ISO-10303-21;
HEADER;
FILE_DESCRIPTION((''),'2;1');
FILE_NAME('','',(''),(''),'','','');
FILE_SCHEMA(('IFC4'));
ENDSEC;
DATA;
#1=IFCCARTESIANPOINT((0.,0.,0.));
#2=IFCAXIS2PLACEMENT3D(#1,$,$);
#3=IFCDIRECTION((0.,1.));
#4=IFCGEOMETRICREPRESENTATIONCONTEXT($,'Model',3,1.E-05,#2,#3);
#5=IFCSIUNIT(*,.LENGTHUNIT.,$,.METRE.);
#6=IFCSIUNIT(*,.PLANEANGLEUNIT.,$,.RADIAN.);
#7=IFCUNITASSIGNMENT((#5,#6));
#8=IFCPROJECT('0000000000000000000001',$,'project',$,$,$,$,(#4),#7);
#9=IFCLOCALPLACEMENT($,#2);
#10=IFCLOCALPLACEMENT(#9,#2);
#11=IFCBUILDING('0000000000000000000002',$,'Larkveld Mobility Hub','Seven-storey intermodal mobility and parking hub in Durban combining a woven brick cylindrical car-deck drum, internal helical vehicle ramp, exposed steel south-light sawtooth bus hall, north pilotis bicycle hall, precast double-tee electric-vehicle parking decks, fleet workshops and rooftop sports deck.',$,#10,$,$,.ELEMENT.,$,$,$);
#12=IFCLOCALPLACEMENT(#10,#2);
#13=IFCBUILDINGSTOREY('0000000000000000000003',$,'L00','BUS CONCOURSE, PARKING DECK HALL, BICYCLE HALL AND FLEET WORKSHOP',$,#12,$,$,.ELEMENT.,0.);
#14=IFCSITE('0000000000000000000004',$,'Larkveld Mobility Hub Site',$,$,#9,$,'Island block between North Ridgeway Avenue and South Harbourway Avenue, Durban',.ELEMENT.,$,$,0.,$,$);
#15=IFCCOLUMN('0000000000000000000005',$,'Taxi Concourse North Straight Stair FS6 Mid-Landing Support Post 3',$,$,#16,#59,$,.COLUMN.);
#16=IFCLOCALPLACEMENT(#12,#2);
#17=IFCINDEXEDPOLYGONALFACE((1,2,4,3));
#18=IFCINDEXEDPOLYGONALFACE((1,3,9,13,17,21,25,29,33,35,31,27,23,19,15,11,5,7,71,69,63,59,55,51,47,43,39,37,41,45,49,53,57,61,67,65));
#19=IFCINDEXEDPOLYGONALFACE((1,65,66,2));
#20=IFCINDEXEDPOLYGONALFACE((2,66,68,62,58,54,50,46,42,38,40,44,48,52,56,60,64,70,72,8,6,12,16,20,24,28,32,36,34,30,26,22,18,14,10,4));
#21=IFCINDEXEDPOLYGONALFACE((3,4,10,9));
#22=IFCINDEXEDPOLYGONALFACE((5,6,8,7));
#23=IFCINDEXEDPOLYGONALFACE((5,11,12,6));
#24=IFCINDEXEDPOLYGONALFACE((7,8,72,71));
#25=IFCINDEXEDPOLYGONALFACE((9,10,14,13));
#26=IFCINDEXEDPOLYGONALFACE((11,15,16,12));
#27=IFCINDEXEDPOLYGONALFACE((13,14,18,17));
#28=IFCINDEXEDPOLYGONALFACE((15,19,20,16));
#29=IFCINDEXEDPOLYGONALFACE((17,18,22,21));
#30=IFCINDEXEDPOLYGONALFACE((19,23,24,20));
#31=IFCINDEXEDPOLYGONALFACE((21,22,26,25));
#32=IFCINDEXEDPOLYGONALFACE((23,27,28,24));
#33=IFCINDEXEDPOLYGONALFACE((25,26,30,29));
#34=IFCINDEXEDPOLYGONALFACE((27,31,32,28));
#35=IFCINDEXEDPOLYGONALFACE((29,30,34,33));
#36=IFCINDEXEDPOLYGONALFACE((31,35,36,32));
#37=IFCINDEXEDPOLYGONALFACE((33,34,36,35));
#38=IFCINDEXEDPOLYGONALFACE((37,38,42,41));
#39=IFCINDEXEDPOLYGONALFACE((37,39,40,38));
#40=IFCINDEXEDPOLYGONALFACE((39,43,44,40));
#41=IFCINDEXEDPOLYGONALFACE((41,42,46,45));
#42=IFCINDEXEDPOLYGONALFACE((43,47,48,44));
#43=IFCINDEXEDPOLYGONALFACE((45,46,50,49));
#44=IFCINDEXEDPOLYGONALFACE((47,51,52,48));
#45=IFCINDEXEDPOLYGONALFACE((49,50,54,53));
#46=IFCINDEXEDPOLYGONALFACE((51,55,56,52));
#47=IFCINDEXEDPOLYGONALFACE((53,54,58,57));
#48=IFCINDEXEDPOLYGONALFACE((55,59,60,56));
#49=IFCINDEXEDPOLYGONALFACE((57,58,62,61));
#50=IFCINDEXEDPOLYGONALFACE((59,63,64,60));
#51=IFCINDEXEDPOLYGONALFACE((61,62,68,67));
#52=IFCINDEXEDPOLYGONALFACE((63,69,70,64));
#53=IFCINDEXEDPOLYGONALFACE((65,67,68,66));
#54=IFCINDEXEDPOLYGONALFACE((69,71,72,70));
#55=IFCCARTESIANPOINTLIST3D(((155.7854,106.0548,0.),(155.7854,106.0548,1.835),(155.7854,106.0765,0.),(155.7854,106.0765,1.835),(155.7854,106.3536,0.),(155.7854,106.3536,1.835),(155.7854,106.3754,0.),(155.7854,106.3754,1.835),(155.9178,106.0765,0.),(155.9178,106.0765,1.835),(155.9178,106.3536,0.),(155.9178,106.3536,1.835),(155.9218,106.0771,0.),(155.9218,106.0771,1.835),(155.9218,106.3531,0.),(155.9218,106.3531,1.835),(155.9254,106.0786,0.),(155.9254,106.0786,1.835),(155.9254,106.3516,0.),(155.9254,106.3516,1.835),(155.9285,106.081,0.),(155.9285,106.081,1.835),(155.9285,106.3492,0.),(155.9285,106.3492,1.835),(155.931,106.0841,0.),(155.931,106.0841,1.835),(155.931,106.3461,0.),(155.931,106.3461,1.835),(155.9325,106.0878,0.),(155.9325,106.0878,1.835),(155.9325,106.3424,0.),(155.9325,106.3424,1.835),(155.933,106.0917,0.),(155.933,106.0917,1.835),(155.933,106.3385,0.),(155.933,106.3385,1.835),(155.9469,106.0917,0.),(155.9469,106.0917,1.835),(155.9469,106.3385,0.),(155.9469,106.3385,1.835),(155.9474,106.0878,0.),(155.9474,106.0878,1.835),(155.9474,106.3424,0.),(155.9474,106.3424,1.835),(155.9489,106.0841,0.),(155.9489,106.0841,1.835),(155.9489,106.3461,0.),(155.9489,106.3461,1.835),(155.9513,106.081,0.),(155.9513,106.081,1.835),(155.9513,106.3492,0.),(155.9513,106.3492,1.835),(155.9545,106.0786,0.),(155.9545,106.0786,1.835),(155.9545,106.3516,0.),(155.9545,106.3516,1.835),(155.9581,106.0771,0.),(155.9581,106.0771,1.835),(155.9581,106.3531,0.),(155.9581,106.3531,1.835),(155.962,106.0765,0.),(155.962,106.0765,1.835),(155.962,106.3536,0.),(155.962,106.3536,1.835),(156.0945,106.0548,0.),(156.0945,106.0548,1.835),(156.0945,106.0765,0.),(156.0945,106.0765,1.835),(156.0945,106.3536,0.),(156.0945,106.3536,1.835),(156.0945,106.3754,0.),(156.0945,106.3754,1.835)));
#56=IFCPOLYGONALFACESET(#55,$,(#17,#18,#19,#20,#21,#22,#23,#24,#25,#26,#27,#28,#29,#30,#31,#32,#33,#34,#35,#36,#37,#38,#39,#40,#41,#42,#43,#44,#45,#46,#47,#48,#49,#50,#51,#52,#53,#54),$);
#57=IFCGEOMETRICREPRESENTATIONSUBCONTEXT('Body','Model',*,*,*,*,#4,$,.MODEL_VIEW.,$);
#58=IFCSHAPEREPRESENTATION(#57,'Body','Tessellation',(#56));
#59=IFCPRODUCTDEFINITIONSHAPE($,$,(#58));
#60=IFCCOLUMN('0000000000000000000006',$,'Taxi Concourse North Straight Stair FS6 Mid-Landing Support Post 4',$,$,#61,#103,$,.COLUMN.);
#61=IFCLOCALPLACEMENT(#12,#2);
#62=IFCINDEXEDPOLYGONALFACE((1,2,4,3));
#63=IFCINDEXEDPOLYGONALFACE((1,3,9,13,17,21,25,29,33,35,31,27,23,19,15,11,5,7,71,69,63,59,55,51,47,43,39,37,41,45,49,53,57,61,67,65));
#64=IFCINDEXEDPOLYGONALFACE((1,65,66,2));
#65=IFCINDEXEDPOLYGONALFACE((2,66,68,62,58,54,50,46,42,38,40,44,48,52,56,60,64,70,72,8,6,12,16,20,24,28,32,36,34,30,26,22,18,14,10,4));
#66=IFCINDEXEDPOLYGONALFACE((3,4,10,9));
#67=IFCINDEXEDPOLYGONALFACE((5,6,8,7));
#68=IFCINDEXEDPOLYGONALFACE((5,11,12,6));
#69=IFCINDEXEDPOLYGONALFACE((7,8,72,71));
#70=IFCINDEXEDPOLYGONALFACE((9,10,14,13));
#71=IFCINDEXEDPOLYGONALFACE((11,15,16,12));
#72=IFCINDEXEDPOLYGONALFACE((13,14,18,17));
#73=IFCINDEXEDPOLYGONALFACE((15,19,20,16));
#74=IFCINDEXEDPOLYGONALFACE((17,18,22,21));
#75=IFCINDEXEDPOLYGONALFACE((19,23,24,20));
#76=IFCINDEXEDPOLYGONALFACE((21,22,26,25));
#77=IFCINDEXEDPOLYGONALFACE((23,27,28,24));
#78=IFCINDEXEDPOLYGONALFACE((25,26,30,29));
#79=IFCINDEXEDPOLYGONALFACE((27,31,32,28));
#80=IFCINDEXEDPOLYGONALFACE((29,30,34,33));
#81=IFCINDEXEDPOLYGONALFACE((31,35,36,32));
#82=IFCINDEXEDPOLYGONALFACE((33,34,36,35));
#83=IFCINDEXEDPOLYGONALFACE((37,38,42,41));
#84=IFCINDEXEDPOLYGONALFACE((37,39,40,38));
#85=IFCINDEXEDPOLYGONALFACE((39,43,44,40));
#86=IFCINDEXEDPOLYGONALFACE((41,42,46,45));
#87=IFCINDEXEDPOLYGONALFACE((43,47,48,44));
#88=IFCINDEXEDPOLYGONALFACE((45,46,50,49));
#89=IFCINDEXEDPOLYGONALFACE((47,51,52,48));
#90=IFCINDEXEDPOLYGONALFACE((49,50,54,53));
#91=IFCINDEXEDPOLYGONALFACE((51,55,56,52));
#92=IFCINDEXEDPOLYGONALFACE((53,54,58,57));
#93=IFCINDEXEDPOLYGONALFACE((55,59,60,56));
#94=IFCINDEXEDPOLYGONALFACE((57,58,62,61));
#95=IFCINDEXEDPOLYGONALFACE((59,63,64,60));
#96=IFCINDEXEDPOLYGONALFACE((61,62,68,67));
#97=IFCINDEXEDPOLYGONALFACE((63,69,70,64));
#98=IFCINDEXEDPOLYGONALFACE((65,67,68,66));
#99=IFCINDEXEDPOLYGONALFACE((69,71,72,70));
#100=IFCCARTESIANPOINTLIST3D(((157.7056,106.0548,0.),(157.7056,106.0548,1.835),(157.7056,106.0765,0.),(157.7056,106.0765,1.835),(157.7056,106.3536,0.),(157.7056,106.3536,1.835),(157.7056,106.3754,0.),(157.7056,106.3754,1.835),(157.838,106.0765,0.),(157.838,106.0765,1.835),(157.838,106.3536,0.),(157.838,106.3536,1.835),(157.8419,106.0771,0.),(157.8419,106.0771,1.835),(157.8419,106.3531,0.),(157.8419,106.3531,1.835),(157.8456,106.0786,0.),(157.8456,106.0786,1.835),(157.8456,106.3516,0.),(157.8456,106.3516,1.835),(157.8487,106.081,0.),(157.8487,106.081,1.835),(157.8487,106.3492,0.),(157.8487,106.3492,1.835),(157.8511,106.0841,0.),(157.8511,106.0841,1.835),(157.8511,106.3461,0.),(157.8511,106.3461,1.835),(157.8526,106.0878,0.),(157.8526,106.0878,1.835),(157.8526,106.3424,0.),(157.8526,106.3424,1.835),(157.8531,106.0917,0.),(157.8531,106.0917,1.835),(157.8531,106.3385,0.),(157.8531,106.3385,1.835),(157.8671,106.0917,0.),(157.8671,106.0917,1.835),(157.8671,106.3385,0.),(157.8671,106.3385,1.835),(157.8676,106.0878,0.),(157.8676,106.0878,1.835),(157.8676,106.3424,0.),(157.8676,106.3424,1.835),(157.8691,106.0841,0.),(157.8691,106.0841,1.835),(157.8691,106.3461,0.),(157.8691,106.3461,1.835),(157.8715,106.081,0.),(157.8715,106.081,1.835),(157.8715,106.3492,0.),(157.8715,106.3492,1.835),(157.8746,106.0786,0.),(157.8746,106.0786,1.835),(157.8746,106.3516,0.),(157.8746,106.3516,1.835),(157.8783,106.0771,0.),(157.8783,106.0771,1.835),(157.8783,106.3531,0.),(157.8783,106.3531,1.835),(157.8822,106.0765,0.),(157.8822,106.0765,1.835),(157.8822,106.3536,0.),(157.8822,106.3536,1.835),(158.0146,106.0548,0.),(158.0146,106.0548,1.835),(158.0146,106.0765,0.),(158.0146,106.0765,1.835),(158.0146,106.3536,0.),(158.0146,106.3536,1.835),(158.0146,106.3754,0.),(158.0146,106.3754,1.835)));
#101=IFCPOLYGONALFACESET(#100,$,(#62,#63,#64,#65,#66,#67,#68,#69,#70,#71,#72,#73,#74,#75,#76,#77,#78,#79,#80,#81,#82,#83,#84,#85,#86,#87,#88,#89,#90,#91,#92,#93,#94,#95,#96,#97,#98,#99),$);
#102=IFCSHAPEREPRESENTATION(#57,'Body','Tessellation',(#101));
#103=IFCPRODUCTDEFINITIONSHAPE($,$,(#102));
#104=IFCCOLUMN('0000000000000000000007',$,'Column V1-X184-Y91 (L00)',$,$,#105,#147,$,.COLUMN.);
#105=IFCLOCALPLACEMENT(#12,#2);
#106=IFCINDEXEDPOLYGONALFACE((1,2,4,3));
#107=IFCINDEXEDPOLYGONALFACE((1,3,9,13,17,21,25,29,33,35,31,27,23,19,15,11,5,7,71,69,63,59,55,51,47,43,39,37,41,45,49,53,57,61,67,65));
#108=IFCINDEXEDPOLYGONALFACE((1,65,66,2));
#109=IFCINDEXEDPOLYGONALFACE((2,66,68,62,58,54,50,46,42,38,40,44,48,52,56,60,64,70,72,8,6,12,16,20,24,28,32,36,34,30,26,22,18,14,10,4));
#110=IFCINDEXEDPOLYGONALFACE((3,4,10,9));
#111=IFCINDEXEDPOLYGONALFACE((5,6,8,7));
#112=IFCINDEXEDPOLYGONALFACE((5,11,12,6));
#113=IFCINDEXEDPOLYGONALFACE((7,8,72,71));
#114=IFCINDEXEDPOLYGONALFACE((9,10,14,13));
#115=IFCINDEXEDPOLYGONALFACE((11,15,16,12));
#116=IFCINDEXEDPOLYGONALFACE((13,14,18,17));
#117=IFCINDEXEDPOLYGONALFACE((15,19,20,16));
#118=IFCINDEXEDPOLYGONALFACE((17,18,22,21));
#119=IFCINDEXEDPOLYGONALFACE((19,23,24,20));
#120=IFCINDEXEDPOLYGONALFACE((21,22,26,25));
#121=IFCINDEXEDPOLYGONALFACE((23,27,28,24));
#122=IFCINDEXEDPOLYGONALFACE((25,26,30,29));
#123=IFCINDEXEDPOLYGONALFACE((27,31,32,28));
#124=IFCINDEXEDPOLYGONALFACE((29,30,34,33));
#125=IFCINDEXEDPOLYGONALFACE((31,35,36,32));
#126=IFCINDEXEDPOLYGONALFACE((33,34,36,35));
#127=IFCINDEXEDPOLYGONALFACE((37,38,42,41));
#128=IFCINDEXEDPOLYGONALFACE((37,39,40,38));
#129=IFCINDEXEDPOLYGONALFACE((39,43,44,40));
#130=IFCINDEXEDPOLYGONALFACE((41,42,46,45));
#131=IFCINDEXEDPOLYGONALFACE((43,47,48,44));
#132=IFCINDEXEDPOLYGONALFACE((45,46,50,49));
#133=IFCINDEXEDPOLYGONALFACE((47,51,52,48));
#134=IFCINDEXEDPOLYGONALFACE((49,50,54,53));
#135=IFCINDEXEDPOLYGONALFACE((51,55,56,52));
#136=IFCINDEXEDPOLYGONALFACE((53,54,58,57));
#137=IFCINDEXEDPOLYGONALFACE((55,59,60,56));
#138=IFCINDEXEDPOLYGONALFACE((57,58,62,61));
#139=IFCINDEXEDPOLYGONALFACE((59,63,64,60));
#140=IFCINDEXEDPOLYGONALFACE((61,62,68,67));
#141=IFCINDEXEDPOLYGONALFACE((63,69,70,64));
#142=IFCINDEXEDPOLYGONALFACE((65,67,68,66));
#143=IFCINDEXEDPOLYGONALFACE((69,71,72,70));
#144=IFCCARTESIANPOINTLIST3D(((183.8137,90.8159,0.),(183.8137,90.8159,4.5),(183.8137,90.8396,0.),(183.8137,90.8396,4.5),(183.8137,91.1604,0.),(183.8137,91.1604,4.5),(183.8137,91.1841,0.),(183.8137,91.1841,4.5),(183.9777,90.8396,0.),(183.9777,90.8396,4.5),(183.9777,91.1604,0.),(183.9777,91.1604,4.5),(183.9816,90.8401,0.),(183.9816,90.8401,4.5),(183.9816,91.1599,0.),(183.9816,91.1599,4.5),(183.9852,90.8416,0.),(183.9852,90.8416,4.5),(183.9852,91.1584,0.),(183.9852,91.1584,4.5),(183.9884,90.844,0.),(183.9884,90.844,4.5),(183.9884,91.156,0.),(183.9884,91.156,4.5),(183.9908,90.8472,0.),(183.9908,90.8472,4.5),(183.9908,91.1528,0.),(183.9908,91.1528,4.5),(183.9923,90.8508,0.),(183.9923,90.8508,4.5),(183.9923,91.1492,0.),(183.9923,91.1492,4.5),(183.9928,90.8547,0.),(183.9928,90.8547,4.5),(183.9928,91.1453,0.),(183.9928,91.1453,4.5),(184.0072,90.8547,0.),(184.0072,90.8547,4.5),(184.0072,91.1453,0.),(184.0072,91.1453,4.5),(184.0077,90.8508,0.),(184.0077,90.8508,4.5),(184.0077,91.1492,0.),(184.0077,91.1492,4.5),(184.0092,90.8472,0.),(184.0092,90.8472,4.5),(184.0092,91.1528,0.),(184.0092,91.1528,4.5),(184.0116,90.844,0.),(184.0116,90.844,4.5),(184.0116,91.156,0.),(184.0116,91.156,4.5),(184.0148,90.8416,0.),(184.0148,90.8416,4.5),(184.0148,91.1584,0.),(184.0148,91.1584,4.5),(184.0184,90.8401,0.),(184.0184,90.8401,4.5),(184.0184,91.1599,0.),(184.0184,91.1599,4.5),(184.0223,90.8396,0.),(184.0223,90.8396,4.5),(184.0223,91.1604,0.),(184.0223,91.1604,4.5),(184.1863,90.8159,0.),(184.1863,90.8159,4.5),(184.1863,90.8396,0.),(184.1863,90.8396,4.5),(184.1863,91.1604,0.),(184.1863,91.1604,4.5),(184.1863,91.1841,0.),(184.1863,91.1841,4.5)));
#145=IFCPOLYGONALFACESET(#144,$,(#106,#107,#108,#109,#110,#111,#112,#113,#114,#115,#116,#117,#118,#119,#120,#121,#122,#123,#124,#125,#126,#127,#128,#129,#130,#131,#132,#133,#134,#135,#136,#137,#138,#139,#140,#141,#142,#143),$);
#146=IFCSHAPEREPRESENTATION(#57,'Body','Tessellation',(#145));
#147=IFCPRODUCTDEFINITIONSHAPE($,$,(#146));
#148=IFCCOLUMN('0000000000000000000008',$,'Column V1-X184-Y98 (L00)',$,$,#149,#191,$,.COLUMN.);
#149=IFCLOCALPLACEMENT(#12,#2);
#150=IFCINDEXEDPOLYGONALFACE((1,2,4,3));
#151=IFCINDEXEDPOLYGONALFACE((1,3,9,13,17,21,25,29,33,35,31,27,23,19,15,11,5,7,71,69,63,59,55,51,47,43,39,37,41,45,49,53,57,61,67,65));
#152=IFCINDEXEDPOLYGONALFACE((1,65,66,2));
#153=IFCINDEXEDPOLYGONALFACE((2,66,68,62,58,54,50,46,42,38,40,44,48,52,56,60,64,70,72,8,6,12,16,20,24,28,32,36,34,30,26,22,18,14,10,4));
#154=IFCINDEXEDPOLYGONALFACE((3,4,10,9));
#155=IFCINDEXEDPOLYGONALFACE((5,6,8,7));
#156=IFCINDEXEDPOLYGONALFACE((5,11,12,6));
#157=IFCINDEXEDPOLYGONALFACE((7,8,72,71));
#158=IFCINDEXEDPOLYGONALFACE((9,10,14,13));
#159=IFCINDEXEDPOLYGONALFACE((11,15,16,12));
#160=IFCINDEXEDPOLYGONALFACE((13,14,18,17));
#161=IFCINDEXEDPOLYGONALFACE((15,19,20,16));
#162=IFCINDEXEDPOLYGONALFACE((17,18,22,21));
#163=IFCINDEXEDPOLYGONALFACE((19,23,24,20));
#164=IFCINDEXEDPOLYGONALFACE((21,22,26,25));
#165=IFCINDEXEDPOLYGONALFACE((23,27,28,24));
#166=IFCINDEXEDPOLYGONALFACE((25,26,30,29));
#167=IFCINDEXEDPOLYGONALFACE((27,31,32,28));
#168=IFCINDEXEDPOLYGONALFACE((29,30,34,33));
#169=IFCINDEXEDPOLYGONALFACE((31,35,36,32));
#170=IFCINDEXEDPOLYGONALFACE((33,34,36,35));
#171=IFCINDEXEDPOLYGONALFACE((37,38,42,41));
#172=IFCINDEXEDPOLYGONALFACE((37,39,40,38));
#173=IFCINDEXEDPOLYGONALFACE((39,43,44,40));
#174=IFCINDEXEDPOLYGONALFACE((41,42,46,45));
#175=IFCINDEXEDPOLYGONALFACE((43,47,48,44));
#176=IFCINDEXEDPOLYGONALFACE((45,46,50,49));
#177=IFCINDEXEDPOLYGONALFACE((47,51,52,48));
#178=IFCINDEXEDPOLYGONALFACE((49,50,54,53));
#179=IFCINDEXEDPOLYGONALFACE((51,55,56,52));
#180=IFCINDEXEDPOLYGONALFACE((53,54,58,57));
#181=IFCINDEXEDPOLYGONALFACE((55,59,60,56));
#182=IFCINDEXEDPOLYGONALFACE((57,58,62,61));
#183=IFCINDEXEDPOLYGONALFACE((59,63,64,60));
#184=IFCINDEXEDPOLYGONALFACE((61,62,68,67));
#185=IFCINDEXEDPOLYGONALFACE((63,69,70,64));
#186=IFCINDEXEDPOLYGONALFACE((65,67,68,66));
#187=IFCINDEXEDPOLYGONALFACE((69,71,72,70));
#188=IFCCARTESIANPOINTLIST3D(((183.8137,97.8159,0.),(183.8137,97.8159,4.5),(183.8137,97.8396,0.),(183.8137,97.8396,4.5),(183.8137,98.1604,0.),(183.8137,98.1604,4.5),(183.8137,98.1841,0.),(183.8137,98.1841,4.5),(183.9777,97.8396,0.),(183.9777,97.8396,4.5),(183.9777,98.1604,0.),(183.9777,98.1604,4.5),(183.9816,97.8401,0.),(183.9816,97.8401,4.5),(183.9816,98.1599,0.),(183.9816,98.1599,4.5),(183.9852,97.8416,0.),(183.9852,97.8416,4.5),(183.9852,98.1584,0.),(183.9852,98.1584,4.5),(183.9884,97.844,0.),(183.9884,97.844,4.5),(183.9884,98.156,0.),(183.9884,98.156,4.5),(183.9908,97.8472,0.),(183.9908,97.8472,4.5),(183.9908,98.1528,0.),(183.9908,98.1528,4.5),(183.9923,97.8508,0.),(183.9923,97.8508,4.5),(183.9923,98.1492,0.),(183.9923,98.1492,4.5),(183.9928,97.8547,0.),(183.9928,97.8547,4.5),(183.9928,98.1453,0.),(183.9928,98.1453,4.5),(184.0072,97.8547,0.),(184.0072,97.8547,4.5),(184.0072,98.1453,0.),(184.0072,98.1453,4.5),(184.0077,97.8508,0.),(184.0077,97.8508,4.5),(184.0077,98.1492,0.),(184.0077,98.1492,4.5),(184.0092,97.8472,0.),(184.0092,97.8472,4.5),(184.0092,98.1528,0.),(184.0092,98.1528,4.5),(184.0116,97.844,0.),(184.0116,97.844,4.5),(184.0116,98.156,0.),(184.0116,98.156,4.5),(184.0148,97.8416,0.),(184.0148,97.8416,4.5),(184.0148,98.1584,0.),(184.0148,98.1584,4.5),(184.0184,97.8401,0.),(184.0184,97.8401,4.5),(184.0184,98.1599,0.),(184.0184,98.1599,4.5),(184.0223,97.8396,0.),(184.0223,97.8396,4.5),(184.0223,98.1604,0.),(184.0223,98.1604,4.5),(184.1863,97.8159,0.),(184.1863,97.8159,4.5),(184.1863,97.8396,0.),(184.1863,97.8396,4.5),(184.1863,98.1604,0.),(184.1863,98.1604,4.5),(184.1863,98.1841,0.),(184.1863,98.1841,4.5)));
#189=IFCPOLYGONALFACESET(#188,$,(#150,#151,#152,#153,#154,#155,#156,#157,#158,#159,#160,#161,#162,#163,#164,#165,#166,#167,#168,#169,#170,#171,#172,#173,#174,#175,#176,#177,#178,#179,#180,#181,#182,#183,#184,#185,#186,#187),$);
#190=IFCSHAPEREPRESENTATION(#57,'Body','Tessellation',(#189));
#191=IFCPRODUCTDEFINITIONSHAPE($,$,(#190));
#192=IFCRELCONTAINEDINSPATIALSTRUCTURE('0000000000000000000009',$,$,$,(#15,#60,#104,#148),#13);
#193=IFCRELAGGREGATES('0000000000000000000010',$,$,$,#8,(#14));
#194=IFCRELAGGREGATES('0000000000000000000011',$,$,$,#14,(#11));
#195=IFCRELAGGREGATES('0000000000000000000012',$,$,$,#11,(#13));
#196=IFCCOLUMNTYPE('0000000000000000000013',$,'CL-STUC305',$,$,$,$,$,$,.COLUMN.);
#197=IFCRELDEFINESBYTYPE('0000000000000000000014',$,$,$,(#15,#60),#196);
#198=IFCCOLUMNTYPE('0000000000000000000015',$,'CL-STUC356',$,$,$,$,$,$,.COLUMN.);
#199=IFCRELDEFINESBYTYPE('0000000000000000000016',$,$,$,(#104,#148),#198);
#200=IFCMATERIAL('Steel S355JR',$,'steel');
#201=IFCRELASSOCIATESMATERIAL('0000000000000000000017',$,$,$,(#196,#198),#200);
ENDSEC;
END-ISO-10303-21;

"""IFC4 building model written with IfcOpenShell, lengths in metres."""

from ifc_helpers import new_model, si_unit, direction, frame, origin, origin_2d, place, context, subcontext, project, spatial, i_section, extrude, material, material_profile, profile_set, type_object, element, save


model = new_model("IFC4")

# Units and contexts
model_context = context("Model", 3, precision=1e-05, world=origin(), true_north=direction((0.0, 1.0)))
body_context = subcontext(model_context, "Body", "Model", "MODEL_VIEW")
ifc_project = project(units=[si_unit("LENGTHUNIT", "METRE"), si_unit("PLANEANGLEUNIT", "RADIAN")], contexts=[model_context])

# Site, building, storey
site_placement = place(None, origin())
site = spatial("IfcSite", under=ifc_project, at=site_placement, Name="Larkveld Mobility Hub Site", LongName="Island block between North Ridgeway Avenue and South Harbourway Avenue, Durban", CompositionType="ELEMENT", RefElevation=0.0)
building_placement = place(site_placement, origin())
building = spatial("IfcBuilding", under=site, at=building_placement, Name="Larkveld Mobility Hub", Description="Seven-storey intermodal mobility and parking hub in Durban combining a woven brick cylindrical car-deck drum, internal helical vehicle ramp, exposed steel south-light sawtooth bus hall, north pilotis bicycle hall, precast double-tee electric-vehicle parking decks, fleet workshops and rooftop sports deck.", CompositionType="ELEMENT")
storey_placement = place(building_placement, origin())
storey = spatial("IfcBuildingStorey", under=building, at=storey_placement, Name="L00", Description="BUS CONCOURSE, PARKING DECK HALL, BICYCLE HALL AND FLEET WORKSHOP", CompositionType="ELEMENT", Elevation=0.0)

# Columns
ifc_material_1 = material(Name="Steel S355JR", Category="steel")
ifc_material_profile_1 = material_profile(ifc_material_1, i_section(OverallWidth=0.3091, OverallDepth=0.3206, WebThickness=0.0139, FlangeThickness=0.0217, FilletRadius=0.0151, at=origin_2d()), Name="UC 305x305x137")
ifc_profile_set_1 = profile_set([ifc_material_profile_1], Name="Steel S355JR")
column_type_1 = type_object("IfcColumnType", Name="CL-STUC305", PredefinedType="COLUMN", material=ifc_profile_set_1)
for number, where, z_axis, x_axis, name in (
    (1, (155.9399, 106.2151, 0.0), (0.0, 0.0, 1.0), (1.0, 0.0, 0.0), "Taxi Concourse North Straight Stair FS6 Mid-Landing Support Post 3"),
    (2, (157.8601, 106.2151, 0.0), (0.0, 0.0, 1.0), (1.0, 0.0, 0.0), "Taxi Concourse North Straight Stair FS6 Mid-Landing Support Post 4"),
):
    element("IfcColumn", number, at=place(storey_placement, frame(where, z_axis=z_axis, x_axis=x_axis)), inside=storey, type_object=column_type_1, Name=name, PredefinedType="COLUMN", context=body_context, shape_type="SweptSolid", body=[
        extrude(i_section(OverallWidth=0.3091, OverallDepth=0.3206, WebThickness=0.0139, FlangeThickness=0.0217, FilletRadius=0.0151, at=origin_2d()), origin(), (0.0, 0.0, 1.0), 1.835),
    ])
ifc_material_profile_2 = material_profile(ifc_material_1, i_section(OverallWidth=0.3726, OverallDepth=0.3682, WebThickness=0.0144, FlangeThickness=0.0237, FilletRadius=0.0151, at=origin_2d()), Name="UC 356x368x177")
ifc_profile_set_2 = profile_set([ifc_material_profile_2], Name="Steel S355JR")
column_type_2 = type_object("IfcColumnType", Name="CL-STUC356", PredefinedType="COLUMN", material=ifc_profile_set_2)
for number, where, z_axis, x_axis, name in (
    (3, (184.0, 91.0, 0.0), (0.0, 0.0, 1.0), (1.0, 0.0, 0.0), "Column V1-X184-Y91 (L00)"),
    (4, (184.0, 98.0, 0.0), (0.0, 0.0, 1.0), (1.0, 0.0, 0.0), "Column V1-X184-Y98 (L00)"),
):
    element("IfcColumn", number, at=place(storey_placement, frame(where, z_axis=z_axis, x_axis=x_axis)), inside=storey, type_object=column_type_2, Name=name, PredefinedType="COLUMN", context=body_context, shape_type="SweptSolid", body=[
        extrude(i_section(OverallWidth=0.3726, OverallDepth=0.3682, WebThickness=0.0144, FlangeThickness=0.0237, FilletRadius=0.0151, at=origin_2d()), origin(), (0.0, 0.0, 1.0), 4.5),
    ])

save(model, "model.ifc")
